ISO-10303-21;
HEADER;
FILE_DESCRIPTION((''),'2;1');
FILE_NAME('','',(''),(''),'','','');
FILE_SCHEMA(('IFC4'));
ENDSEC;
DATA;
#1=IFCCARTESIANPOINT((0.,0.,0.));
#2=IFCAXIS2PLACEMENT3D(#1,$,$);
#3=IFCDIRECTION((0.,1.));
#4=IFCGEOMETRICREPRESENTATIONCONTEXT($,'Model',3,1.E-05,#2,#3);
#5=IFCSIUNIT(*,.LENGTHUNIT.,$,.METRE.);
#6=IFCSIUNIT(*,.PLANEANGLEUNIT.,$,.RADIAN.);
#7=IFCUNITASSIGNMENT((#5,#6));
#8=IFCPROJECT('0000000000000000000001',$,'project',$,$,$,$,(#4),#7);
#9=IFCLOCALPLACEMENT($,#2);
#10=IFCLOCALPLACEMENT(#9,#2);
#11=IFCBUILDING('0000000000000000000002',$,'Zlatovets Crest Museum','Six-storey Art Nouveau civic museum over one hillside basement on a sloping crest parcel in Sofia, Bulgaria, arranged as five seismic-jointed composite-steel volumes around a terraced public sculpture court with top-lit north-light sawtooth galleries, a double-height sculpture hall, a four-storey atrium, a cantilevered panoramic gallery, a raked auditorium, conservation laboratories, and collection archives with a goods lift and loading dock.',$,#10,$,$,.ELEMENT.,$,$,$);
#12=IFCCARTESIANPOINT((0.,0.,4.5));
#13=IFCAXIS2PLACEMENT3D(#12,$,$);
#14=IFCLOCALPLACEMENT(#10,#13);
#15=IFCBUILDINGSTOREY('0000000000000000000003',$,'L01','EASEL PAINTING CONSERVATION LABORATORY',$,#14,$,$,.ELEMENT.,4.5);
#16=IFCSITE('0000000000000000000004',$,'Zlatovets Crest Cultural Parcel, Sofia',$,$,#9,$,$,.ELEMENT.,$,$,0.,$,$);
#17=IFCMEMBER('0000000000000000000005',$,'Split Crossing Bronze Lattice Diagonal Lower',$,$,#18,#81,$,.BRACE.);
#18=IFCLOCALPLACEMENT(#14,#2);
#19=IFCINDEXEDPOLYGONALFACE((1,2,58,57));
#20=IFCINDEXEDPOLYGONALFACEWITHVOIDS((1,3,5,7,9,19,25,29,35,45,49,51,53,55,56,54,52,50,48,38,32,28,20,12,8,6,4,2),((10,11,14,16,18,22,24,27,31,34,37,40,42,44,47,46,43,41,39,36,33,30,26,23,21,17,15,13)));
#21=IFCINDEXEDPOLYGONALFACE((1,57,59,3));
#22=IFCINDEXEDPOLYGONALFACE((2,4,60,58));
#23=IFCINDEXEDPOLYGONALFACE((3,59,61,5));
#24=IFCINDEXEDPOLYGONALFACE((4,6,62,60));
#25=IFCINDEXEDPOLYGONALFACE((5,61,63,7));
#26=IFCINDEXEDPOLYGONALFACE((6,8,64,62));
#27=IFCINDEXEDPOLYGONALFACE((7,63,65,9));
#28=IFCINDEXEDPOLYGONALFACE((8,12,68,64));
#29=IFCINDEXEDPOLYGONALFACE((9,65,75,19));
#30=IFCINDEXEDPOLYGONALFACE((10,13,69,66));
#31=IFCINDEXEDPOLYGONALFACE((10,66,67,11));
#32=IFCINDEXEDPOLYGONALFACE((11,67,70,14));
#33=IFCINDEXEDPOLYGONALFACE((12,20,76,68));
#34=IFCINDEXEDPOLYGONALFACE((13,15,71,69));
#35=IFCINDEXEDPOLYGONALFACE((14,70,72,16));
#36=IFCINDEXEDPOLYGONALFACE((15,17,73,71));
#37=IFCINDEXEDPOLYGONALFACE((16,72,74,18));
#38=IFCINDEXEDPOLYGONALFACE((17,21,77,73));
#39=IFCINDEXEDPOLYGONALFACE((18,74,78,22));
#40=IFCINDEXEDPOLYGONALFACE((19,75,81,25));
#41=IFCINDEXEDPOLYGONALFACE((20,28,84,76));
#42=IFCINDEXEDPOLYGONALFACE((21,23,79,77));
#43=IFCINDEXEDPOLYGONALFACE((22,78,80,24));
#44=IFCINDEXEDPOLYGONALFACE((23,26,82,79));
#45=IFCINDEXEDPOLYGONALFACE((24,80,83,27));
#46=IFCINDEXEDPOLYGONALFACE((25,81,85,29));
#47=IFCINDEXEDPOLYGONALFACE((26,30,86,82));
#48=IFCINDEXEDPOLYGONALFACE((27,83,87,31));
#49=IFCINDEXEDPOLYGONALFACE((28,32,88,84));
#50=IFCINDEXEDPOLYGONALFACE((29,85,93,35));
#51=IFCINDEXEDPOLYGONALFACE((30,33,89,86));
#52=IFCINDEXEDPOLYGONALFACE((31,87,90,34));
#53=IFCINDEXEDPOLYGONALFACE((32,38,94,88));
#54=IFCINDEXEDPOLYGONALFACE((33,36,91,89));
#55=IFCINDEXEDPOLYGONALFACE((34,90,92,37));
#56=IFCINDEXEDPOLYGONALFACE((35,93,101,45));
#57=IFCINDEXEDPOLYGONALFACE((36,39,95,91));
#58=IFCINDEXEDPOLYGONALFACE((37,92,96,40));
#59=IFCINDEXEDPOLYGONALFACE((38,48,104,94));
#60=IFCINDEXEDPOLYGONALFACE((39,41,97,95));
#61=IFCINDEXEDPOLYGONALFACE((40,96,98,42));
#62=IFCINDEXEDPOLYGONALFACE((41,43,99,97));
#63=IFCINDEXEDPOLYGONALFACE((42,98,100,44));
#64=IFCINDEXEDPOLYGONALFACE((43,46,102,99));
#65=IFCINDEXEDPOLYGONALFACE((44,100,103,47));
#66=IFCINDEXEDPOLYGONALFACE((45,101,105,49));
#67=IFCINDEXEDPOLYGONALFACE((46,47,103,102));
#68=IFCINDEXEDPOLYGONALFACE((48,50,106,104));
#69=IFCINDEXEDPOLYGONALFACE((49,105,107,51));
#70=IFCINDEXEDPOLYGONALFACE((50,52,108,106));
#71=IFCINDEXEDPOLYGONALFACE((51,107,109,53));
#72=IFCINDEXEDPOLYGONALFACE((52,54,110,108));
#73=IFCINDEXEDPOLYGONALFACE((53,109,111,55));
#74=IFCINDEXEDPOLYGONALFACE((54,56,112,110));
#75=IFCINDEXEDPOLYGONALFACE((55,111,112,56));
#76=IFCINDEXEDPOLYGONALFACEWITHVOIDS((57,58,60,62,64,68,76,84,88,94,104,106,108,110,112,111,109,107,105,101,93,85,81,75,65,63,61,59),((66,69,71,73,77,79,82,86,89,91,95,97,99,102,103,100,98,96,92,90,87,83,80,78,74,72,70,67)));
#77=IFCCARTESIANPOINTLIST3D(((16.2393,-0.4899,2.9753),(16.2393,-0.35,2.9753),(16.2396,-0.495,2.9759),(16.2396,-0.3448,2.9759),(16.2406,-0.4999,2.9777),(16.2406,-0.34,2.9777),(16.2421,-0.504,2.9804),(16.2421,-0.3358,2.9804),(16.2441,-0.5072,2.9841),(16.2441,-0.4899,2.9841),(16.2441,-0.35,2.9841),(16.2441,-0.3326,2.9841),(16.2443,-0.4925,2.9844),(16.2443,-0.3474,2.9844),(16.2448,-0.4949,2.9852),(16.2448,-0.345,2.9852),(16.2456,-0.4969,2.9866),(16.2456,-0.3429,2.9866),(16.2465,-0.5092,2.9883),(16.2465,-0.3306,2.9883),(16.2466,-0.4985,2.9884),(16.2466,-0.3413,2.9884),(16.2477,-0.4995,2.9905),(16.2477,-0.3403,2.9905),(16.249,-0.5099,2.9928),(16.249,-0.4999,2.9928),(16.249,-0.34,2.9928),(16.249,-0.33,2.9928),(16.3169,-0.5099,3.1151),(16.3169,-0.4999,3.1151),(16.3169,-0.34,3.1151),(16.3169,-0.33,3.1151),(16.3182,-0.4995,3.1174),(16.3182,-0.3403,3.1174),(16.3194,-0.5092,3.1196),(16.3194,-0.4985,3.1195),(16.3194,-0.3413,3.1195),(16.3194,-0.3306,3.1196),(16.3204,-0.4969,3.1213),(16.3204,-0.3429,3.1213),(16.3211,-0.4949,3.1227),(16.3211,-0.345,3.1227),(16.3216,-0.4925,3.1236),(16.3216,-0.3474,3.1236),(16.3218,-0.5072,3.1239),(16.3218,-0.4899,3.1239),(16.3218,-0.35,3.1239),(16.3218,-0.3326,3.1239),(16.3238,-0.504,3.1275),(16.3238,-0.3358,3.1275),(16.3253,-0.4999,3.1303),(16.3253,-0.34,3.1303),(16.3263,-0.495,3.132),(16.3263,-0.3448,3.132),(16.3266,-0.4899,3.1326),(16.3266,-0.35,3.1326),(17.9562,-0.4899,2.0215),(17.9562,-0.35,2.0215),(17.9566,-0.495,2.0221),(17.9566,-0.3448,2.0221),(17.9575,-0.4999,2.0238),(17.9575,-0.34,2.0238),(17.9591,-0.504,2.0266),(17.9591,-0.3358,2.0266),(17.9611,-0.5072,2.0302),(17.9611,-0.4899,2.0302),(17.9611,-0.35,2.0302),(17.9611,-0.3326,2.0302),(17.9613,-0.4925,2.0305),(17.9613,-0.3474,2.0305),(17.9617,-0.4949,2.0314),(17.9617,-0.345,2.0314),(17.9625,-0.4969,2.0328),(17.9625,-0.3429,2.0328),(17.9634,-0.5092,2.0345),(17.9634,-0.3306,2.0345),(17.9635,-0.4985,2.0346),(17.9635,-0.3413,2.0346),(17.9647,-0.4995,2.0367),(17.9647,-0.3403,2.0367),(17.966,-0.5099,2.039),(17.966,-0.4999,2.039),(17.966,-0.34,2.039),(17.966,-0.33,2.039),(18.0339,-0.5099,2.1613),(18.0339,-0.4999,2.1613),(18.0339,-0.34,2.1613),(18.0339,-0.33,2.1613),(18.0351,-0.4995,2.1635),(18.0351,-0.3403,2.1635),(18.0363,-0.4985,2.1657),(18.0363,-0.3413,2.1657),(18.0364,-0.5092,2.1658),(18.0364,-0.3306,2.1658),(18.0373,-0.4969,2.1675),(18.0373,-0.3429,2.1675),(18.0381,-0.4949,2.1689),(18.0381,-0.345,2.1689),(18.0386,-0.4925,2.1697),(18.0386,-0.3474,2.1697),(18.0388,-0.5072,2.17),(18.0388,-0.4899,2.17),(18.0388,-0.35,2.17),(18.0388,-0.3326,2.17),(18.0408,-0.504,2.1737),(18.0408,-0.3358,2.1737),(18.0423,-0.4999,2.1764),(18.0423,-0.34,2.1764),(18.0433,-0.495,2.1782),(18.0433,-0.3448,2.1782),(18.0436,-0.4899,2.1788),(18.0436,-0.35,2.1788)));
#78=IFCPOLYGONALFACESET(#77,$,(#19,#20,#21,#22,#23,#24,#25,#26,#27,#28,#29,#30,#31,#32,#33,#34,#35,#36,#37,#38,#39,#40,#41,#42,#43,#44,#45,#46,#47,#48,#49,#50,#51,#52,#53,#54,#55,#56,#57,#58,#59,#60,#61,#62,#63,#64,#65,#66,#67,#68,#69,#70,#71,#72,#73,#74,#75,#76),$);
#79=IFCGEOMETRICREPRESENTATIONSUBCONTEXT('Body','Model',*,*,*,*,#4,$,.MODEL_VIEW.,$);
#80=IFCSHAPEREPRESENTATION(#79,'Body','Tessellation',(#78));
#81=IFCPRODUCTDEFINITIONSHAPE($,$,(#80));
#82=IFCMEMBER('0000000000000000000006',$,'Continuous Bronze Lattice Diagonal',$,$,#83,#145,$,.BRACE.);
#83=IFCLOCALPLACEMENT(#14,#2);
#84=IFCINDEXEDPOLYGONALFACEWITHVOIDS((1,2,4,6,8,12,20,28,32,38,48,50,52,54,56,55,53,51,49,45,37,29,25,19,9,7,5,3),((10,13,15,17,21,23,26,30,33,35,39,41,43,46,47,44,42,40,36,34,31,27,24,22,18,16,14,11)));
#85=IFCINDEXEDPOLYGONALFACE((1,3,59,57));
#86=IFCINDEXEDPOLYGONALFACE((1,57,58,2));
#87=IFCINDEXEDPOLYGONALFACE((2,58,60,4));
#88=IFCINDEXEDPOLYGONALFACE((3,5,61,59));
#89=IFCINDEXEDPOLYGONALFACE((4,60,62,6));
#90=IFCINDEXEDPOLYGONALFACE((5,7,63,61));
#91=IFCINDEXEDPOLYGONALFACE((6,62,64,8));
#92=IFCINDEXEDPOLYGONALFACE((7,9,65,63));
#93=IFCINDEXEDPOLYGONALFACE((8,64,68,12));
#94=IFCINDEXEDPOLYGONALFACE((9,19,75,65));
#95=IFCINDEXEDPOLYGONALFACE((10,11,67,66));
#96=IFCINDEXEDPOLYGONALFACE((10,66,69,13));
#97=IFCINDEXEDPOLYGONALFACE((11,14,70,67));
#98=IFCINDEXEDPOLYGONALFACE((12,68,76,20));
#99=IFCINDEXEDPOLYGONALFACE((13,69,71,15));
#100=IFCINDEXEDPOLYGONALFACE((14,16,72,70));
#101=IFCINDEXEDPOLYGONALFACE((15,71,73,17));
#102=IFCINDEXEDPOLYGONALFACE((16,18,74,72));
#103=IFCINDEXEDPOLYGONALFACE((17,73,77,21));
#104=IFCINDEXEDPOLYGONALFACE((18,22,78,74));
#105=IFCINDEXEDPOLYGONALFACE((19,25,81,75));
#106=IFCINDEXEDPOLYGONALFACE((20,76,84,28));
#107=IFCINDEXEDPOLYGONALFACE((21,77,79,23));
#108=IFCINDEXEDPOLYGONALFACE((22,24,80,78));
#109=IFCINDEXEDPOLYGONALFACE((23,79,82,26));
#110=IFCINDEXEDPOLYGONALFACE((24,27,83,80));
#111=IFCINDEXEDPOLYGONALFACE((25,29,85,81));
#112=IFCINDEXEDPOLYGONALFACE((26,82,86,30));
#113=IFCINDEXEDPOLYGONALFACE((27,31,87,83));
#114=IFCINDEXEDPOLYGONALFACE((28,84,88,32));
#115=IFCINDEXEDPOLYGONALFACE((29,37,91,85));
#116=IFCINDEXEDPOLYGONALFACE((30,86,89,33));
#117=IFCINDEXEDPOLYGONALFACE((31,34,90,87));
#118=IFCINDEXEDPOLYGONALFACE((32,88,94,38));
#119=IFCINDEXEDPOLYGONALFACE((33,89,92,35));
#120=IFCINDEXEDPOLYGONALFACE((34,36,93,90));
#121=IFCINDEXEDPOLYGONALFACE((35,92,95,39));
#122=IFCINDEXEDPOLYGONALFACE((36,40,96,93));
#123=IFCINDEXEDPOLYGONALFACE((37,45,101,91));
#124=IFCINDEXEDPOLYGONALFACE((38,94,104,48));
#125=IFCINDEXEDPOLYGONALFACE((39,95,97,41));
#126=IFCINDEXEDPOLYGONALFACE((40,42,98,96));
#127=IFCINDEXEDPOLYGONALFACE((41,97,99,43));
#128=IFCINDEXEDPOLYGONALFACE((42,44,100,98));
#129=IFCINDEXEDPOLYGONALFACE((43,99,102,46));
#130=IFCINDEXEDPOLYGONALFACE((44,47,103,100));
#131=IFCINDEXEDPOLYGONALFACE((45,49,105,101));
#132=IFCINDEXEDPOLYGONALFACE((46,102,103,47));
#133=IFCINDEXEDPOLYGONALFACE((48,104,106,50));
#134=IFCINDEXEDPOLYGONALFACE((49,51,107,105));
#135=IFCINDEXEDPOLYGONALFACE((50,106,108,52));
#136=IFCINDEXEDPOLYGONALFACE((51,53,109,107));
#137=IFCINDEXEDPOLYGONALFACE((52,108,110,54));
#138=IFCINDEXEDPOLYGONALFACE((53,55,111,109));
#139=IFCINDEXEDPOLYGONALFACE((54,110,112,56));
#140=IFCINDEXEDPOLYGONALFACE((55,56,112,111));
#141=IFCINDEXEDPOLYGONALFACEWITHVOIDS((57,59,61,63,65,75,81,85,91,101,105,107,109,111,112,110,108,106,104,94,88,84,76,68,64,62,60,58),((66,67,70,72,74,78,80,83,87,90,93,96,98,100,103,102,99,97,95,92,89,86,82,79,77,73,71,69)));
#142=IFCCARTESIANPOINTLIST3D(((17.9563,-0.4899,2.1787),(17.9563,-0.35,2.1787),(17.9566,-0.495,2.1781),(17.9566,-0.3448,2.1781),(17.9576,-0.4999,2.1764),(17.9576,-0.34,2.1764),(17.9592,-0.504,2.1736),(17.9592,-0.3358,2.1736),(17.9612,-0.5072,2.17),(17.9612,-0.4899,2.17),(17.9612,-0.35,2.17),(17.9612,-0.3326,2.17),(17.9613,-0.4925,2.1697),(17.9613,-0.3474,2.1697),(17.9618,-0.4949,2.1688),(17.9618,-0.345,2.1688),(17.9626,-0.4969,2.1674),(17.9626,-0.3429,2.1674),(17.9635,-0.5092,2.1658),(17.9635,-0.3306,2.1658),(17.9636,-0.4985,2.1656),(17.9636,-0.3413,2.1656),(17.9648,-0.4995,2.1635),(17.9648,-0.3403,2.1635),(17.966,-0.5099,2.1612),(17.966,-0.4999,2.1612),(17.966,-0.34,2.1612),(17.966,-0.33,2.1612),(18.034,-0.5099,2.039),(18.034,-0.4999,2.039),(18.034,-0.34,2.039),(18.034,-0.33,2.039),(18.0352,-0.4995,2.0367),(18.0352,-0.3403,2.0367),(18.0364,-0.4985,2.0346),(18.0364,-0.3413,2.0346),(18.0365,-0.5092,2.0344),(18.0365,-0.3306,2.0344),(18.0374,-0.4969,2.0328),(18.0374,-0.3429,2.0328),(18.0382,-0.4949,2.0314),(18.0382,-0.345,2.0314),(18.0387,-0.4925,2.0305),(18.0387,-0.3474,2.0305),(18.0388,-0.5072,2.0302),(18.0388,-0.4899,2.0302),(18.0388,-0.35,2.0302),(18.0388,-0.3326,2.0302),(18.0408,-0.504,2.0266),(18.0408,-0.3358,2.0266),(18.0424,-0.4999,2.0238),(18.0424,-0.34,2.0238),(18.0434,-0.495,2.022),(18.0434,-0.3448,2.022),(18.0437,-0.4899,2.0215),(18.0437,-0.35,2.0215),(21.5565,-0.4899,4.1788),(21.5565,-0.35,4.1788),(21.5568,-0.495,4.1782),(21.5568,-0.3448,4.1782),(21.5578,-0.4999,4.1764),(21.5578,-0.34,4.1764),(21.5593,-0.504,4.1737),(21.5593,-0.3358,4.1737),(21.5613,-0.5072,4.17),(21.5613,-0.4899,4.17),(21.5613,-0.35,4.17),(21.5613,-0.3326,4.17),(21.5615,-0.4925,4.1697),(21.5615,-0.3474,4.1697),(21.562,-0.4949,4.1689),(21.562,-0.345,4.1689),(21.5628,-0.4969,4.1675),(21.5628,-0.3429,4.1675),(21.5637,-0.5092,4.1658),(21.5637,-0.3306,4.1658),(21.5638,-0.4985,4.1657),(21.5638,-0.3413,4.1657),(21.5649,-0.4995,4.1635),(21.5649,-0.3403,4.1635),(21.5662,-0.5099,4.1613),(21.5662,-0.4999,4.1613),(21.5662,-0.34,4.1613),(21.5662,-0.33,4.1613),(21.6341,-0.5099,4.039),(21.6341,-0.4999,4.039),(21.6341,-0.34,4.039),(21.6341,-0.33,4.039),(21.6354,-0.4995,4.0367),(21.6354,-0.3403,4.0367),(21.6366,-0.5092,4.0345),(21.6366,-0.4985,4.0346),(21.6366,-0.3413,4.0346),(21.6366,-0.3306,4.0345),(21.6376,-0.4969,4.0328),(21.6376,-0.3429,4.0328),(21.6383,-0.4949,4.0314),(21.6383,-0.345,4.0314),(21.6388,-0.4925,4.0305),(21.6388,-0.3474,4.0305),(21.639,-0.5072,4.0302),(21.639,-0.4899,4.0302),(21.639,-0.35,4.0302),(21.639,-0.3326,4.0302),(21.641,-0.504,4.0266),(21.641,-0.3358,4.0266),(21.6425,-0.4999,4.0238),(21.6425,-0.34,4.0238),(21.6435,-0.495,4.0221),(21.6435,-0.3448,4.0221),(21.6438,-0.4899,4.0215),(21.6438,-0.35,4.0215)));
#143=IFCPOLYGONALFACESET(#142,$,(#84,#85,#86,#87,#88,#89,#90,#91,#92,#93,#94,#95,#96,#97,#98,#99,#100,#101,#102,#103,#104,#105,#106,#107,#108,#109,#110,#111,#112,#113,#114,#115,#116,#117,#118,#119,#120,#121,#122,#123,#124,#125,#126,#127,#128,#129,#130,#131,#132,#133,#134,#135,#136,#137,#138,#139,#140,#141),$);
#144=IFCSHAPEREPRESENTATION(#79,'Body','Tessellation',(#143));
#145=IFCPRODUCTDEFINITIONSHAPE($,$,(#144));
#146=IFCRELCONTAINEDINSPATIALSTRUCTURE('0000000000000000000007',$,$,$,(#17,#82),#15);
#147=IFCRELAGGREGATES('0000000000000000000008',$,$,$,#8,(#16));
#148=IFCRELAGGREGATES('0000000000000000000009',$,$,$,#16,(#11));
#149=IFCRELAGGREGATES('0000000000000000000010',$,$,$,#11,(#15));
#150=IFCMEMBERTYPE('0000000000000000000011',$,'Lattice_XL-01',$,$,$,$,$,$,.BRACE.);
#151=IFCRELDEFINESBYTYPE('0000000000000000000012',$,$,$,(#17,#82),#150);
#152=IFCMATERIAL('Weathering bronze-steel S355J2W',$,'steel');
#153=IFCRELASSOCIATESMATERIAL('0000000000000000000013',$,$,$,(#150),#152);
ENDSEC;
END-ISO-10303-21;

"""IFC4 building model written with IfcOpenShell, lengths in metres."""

from ifc_helpers import new_model, si_unit, direction, frame, origin, origin_2d, place, context, subcontext, project, spatial, hollow_rectangle, extrude, material, material_profile, profile_set, type_object, element, save


model = new_model("IFC4")

# Units and contexts
model_context = context("Model", 3, precision=1e-05, world=origin(), true_north=direction((0.0, 1.0)))
body_context = subcontext(model_context, "Body", "Model", "MODEL_VIEW")
ifc_project = project(units=[si_unit("LENGTHUNIT", "METRE"), si_unit("PLANEANGLEUNIT", "RADIAN")], contexts=[model_context])

# Site, building, storey
site_placement = place(None, origin())
site = spatial("IfcSite", under=ifc_project, at=site_placement, Name="Zlatovets Crest Cultural Parcel, Sofia", CompositionType="ELEMENT", RefElevation=0.0)
building_placement = place(site_placement, origin())
building = spatial("IfcBuilding", under=site, at=building_placement, Name="Zlatovets Crest Museum", Description="Six-storey Art Nouveau civic museum over one hillside basement on a sloping crest parcel in Sofia, Bulgaria, arranged as five seismic-jointed composite-steel volumes around a terraced public sculpture court with top-lit north-light sawtooth galleries, a double-height sculpture hall, a four-storey atrium, a cantilevered panoramic gallery, a raked auditorium, conservation laboratories, and collection archives with a goods lift and loading dock.", CompositionType="ELEMENT")
storey_placement = place(building_placement, frame((0.0, 0.0, 4.5)))
storey = spatial("IfcBuildingStorey", under=building, at=storey_placement, Name="L01", Description="EASEL PAINTING CONSERVATION LABORATORY", CompositionType="ELEMENT", Elevation=4.5)

# Members
ifc_material_1 = material(Name="Weathering bronze-steel S355J2W", Category="steel")
ifc_material_profile_1 = material_profile(ifc_material_1, hollow_rectangle(XDim=0.1799, YDim=0.1799, WallThickness=0.01, InnerFilletRadius=0.01, OuterFilletRadius=0.02, at=origin_2d()), Name="SHS 180x180x10.0")
ifc_profile_set_1 = profile_set([ifc_material_profile_1], Name="Weathering bronze-steel S355J2W")
member_type_1 = type_object("IfcMemberType", Name="Lattice_XL-01", PredefinedType="BRACE", material=ifc_profile_set_1)
member_1_placement = place(storey_placement, frame((16.283, -0.4199, 3.054), z_axis=(0.874169, 0.0, -0.485622), x_axis=(0.0, 1.0, 0.0)))
element("IfcMember", 1, at=member_1_placement, inside=storey, type_object=member_type_1, Name="Split Crossing Bronze Lattice Diagonal Lower", PredefinedType="BRACE", context=body_context, shape_type="SweptSolid", body=[
    extrude(hollow_rectangle(XDim=0.1799, YDim=0.1799, WallThickness=0.01, InnerFilletRadius=0.01, OuterFilletRadius=0.02, at=origin_2d()), origin(), (0.0, 0.0, 1.0), 1.9641),
])
member_2_placement = place(storey_placement, frame((18.0, -0.4199, 2.1001), z_axis=(0.874163, 0.0, 0.485633), x_axis=(0.0, 1.0, 0.0)))
element("IfcMember", 2, at=member_2_placement, inside=storey, type_object=member_type_1, Name="Continuous Bronze Lattice Diagonal", PredefinedType="BRACE", context=body_context, shape_type="SweptSolid", body=[
    extrude(hollow_rectangle(XDim=0.1799, YDim=0.1799, WallThickness=0.01, InnerFilletRadius=0.01, OuterFilletRadius=0.02, at=origin_2d()), origin(), (0.0, 0.0, 1.0), 4.1184),
])

save(model, "model.ifc")
